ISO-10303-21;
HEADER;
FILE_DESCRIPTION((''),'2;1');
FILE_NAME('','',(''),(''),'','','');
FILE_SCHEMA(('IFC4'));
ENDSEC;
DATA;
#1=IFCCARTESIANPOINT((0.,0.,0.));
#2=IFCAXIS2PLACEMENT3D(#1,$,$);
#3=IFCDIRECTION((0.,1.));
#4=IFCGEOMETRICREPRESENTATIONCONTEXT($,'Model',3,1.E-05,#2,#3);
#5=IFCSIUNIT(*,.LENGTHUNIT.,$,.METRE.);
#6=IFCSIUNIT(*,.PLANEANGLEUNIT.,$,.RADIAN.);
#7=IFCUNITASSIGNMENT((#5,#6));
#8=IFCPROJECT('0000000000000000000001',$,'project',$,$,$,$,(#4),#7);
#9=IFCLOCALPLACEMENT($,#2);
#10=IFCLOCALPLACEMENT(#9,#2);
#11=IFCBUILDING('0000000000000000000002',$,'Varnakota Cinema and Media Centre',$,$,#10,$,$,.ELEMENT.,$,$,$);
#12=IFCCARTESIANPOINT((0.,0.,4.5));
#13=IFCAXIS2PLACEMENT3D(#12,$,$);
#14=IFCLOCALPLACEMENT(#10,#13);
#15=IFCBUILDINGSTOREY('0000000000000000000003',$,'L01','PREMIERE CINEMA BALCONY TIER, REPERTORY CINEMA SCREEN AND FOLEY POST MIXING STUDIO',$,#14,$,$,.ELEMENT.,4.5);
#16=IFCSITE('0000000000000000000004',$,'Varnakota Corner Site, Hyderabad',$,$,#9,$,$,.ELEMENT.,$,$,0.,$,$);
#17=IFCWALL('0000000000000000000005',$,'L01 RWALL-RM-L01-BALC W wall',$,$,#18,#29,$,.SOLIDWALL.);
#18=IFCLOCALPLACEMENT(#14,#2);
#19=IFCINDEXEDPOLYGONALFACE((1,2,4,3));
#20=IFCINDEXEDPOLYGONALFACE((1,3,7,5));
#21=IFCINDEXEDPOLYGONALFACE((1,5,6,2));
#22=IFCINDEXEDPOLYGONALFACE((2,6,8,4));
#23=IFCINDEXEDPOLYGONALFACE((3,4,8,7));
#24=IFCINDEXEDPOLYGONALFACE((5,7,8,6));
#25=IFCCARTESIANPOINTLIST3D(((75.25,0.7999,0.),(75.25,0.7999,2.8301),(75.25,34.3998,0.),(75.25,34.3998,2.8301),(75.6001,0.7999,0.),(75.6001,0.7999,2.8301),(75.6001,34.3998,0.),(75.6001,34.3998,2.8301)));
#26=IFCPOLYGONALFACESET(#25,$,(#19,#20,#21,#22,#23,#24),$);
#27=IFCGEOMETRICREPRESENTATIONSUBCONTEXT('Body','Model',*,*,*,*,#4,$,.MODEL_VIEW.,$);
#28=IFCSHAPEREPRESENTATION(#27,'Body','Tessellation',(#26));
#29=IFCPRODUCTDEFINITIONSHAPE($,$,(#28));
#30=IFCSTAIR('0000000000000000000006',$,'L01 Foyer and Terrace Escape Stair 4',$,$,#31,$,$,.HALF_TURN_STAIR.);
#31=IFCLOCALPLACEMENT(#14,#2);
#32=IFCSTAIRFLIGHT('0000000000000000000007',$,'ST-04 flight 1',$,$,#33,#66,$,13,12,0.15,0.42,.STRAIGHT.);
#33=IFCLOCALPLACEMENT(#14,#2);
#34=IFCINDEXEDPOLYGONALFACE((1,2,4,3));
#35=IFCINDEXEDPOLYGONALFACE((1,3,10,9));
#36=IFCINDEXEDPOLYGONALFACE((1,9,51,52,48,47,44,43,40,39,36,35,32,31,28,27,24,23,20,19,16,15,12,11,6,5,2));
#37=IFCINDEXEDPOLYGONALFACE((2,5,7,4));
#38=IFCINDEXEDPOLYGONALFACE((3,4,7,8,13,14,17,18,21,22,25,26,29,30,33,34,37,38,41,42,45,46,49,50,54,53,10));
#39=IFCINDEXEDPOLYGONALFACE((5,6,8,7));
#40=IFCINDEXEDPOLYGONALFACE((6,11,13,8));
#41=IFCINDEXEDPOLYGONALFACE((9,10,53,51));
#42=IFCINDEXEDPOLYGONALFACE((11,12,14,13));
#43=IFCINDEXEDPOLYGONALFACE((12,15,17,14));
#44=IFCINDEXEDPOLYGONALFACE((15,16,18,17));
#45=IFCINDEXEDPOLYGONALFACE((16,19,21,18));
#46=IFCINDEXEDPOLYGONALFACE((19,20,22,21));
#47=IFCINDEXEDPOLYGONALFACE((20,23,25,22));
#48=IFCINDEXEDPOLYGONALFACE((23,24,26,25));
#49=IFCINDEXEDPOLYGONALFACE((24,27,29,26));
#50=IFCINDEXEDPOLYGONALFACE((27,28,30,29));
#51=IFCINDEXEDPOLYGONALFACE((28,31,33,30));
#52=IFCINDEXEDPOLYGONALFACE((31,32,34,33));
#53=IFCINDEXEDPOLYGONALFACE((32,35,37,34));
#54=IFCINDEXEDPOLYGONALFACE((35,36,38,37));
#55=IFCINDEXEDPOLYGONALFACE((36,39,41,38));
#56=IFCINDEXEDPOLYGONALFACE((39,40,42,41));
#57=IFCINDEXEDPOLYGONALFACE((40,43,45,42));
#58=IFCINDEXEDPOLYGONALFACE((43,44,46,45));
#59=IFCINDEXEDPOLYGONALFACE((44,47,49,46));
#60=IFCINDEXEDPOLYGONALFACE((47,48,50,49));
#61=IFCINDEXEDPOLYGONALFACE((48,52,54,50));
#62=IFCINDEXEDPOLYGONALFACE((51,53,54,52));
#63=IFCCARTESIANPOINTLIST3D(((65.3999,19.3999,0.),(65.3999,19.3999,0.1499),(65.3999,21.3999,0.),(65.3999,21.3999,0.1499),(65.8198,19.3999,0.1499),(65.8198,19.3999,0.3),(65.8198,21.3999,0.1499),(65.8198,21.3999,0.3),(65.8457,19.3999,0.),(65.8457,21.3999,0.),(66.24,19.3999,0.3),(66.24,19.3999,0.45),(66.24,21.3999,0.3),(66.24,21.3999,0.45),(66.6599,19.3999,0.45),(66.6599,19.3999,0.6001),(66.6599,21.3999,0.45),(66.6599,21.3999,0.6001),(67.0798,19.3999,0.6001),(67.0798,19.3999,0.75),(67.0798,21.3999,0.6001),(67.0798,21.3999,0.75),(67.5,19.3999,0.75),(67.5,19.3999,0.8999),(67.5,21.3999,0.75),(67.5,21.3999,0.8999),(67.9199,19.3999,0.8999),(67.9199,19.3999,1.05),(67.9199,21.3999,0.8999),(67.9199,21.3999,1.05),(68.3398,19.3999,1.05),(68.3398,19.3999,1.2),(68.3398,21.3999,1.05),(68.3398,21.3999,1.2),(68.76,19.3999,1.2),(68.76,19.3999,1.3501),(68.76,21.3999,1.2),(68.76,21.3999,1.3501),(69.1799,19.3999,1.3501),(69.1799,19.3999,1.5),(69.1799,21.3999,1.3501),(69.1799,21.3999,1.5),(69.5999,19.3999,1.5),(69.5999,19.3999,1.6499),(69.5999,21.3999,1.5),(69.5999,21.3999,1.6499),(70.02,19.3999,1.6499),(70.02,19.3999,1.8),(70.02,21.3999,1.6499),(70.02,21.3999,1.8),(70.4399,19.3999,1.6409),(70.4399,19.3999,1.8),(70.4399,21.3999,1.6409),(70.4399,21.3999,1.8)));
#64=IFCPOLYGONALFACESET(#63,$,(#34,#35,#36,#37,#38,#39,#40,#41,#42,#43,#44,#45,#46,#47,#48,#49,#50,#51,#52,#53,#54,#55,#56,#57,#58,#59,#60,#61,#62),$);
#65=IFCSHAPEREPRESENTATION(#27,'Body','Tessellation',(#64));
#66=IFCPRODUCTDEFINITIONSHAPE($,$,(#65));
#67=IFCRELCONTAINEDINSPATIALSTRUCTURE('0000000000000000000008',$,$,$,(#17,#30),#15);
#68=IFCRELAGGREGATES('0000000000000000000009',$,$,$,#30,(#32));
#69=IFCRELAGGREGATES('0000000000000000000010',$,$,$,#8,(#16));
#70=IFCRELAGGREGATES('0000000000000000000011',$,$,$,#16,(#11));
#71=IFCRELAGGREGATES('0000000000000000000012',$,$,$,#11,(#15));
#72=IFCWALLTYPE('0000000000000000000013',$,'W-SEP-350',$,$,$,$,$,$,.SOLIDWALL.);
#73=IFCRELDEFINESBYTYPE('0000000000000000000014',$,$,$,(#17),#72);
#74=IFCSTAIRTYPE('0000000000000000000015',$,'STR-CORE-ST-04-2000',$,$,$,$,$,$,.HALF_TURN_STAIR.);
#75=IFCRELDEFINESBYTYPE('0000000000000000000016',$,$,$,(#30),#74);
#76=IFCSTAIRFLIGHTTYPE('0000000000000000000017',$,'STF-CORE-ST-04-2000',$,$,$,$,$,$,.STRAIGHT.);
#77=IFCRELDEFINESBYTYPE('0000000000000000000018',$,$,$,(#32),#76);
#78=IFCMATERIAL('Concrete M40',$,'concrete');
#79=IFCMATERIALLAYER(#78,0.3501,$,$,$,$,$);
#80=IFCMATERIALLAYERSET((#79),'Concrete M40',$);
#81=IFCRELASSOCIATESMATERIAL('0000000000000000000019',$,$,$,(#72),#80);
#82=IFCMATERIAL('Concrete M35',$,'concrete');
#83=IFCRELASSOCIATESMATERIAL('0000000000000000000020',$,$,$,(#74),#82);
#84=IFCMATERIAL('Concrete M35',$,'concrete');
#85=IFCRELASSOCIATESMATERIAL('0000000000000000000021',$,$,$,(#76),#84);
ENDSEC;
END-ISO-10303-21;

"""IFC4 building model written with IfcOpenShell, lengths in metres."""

from ifc_helpers import new_model, si_unit, direction, frame, frame_2d, origin, place, context, subcontext, project, spatial, polyline, rectangle, outline, extrude, material, layer, layer_set, type_object, element, aggregate, save


model = new_model("IFC4")

# Units and contexts
model_context = context("Model", 3, precision=1e-05, world=origin(), true_north=direction((0.0, 1.0)))
body_context = subcontext(model_context, "Body", "Model", "MODEL_VIEW")
ifc_project = project(units=[si_unit("LENGTHUNIT", "METRE"), si_unit("PLANEANGLEUNIT", "RADIAN")], contexts=[model_context])

# Site, building, storey
site_placement = place(None, origin())
site = spatial("IfcSite", under=ifc_project, at=site_placement, Name="Varnakota Corner Site, Hyderabad", CompositionType="ELEMENT", RefElevation=0.0)
building_placement = place(site_placement, origin())
building = spatial("IfcBuilding", under=site, at=building_placement, Name="Varnakota Cinema and Media Centre", CompositionType="ELEMENT")
storey_placement = place(building_placement, frame((0.0, 0.0, 4.5)))
storey = spatial("IfcBuildingStorey", under=building, at=storey_placement, Name="L01", Description="PREMIERE CINEMA BALCONY TIER, REPERTORY CINEMA SCREEN AND FOLEY POST MIXING STUDIO", CompositionType="ELEMENT", Elevation=4.5)

# Wall
ifc_material_1 = material(Name="Concrete M40", Category="concrete")
ifc_layer_1 = layer(ifc_material_1, 0.3501)
ifc_layer_set_1 = layer_set([ifc_layer_1], Name="Concrete M40")
wall_type_1 = type_object("IfcWallType", Name="W-SEP-350", PredefinedType="SOLIDWALL", material=ifc_layer_set_1)
wall_1_placement = place(storey_placement, frame((75.425, 0.8, 0.0), z_axis=(0.0, 0.0, 1.0), x_axis=(0.0, 1.0, 0.0)))
element("IfcWall", 1, at=wall_1_placement, inside=storey, type_object=wall_type_1, Name="L01 RWALL-RM-L01-BALC W wall", PredefinedType="SOLIDWALL", context=body_context, shape_type="SweptSolid", body=[
    extrude(rectangle(XDim=33.5999, YDim=0.3501, at=frame_2d((16.7998, 0.0))), origin(), (0.0, 0.0, 1.0), 2.8301),
])

# Stair, stair flight
ifc_material_2 = material(Name="Concrete M35", Category="concrete")
stair_type = type_object("IfcStairType", Name="STR-CORE-ST-04-2000", PredefinedType="HALF_TURN_STAIR", material=ifc_material_2)
stair_placement = place(storey_placement, origin())
stair = element("IfcStair", 2, at=stair_placement, inside=storey, type_object=stair_type, Name="L01 Foyer and Terrace Escape Stair 4", PredefinedType="HALF_TURN_STAIR")
ifc_material_3 = material(Name="Concrete M35", Category="concrete")
stair_flight_type = type_object("IfcStairFlightType", Name="STF-CORE-ST-04-2000", PredefinedType="STRAIGHT", material=ifc_material_3)
stair_flight_placement = place(storey_placement, frame((65.3999, 20.3999, 0.0), z_axis=(0.0, 0.0, 1.0), x_axis=(1.0, 0.0, 0.0)))
stair_flight = element("IfcStairFlight", 3, at=stair_flight_placement, type_object=stair_flight_type, Name="ST-04 flight 1", NumberOfRisers=13, NumberOfTreads=12, PredefinedType="STRAIGHT", RiserHeight=0.15, TreadLength=0.42, context=body_context, shape_type="SweptSolid", body=[
    extrude(outline(polyline([(0.0, 0.0), (0.0, 0.1499), (0.4199, 0.1499), (0.4199, 0.3), (0.8401, 0.3), (0.8401, 0.45), (1.26, 0.45), (1.26, 0.6001), (1.6799, 0.6001), (1.6799, 0.75), (2.1001, 0.75), (2.1001, 0.8999), (2.52, 0.8999), (2.52, 1.05), (2.9399, 1.05), (2.9399, 1.2), (3.3601, 1.2), (3.3601, 1.3501), (3.78, 1.3501), (3.78, 1.5), (4.2, 1.5), (4.2, 1.6499), (4.6201, 1.6499), (4.6201, 1.8), (5.04, 1.8), (5.04, 1.95), (5.04, 1.6409), (0.4458, 0.0), (0.0, 0.0)])), frame((0.0, 1.0, 0.0), z_axis=(0.0, -1.0, 0.0), x_axis=(1.0, 0.0, 0.0)), (0.0, 0.0, 1.0), 2.0),
])
aggregate(stair, [stair_flight])

save(model, "model.ifc")
